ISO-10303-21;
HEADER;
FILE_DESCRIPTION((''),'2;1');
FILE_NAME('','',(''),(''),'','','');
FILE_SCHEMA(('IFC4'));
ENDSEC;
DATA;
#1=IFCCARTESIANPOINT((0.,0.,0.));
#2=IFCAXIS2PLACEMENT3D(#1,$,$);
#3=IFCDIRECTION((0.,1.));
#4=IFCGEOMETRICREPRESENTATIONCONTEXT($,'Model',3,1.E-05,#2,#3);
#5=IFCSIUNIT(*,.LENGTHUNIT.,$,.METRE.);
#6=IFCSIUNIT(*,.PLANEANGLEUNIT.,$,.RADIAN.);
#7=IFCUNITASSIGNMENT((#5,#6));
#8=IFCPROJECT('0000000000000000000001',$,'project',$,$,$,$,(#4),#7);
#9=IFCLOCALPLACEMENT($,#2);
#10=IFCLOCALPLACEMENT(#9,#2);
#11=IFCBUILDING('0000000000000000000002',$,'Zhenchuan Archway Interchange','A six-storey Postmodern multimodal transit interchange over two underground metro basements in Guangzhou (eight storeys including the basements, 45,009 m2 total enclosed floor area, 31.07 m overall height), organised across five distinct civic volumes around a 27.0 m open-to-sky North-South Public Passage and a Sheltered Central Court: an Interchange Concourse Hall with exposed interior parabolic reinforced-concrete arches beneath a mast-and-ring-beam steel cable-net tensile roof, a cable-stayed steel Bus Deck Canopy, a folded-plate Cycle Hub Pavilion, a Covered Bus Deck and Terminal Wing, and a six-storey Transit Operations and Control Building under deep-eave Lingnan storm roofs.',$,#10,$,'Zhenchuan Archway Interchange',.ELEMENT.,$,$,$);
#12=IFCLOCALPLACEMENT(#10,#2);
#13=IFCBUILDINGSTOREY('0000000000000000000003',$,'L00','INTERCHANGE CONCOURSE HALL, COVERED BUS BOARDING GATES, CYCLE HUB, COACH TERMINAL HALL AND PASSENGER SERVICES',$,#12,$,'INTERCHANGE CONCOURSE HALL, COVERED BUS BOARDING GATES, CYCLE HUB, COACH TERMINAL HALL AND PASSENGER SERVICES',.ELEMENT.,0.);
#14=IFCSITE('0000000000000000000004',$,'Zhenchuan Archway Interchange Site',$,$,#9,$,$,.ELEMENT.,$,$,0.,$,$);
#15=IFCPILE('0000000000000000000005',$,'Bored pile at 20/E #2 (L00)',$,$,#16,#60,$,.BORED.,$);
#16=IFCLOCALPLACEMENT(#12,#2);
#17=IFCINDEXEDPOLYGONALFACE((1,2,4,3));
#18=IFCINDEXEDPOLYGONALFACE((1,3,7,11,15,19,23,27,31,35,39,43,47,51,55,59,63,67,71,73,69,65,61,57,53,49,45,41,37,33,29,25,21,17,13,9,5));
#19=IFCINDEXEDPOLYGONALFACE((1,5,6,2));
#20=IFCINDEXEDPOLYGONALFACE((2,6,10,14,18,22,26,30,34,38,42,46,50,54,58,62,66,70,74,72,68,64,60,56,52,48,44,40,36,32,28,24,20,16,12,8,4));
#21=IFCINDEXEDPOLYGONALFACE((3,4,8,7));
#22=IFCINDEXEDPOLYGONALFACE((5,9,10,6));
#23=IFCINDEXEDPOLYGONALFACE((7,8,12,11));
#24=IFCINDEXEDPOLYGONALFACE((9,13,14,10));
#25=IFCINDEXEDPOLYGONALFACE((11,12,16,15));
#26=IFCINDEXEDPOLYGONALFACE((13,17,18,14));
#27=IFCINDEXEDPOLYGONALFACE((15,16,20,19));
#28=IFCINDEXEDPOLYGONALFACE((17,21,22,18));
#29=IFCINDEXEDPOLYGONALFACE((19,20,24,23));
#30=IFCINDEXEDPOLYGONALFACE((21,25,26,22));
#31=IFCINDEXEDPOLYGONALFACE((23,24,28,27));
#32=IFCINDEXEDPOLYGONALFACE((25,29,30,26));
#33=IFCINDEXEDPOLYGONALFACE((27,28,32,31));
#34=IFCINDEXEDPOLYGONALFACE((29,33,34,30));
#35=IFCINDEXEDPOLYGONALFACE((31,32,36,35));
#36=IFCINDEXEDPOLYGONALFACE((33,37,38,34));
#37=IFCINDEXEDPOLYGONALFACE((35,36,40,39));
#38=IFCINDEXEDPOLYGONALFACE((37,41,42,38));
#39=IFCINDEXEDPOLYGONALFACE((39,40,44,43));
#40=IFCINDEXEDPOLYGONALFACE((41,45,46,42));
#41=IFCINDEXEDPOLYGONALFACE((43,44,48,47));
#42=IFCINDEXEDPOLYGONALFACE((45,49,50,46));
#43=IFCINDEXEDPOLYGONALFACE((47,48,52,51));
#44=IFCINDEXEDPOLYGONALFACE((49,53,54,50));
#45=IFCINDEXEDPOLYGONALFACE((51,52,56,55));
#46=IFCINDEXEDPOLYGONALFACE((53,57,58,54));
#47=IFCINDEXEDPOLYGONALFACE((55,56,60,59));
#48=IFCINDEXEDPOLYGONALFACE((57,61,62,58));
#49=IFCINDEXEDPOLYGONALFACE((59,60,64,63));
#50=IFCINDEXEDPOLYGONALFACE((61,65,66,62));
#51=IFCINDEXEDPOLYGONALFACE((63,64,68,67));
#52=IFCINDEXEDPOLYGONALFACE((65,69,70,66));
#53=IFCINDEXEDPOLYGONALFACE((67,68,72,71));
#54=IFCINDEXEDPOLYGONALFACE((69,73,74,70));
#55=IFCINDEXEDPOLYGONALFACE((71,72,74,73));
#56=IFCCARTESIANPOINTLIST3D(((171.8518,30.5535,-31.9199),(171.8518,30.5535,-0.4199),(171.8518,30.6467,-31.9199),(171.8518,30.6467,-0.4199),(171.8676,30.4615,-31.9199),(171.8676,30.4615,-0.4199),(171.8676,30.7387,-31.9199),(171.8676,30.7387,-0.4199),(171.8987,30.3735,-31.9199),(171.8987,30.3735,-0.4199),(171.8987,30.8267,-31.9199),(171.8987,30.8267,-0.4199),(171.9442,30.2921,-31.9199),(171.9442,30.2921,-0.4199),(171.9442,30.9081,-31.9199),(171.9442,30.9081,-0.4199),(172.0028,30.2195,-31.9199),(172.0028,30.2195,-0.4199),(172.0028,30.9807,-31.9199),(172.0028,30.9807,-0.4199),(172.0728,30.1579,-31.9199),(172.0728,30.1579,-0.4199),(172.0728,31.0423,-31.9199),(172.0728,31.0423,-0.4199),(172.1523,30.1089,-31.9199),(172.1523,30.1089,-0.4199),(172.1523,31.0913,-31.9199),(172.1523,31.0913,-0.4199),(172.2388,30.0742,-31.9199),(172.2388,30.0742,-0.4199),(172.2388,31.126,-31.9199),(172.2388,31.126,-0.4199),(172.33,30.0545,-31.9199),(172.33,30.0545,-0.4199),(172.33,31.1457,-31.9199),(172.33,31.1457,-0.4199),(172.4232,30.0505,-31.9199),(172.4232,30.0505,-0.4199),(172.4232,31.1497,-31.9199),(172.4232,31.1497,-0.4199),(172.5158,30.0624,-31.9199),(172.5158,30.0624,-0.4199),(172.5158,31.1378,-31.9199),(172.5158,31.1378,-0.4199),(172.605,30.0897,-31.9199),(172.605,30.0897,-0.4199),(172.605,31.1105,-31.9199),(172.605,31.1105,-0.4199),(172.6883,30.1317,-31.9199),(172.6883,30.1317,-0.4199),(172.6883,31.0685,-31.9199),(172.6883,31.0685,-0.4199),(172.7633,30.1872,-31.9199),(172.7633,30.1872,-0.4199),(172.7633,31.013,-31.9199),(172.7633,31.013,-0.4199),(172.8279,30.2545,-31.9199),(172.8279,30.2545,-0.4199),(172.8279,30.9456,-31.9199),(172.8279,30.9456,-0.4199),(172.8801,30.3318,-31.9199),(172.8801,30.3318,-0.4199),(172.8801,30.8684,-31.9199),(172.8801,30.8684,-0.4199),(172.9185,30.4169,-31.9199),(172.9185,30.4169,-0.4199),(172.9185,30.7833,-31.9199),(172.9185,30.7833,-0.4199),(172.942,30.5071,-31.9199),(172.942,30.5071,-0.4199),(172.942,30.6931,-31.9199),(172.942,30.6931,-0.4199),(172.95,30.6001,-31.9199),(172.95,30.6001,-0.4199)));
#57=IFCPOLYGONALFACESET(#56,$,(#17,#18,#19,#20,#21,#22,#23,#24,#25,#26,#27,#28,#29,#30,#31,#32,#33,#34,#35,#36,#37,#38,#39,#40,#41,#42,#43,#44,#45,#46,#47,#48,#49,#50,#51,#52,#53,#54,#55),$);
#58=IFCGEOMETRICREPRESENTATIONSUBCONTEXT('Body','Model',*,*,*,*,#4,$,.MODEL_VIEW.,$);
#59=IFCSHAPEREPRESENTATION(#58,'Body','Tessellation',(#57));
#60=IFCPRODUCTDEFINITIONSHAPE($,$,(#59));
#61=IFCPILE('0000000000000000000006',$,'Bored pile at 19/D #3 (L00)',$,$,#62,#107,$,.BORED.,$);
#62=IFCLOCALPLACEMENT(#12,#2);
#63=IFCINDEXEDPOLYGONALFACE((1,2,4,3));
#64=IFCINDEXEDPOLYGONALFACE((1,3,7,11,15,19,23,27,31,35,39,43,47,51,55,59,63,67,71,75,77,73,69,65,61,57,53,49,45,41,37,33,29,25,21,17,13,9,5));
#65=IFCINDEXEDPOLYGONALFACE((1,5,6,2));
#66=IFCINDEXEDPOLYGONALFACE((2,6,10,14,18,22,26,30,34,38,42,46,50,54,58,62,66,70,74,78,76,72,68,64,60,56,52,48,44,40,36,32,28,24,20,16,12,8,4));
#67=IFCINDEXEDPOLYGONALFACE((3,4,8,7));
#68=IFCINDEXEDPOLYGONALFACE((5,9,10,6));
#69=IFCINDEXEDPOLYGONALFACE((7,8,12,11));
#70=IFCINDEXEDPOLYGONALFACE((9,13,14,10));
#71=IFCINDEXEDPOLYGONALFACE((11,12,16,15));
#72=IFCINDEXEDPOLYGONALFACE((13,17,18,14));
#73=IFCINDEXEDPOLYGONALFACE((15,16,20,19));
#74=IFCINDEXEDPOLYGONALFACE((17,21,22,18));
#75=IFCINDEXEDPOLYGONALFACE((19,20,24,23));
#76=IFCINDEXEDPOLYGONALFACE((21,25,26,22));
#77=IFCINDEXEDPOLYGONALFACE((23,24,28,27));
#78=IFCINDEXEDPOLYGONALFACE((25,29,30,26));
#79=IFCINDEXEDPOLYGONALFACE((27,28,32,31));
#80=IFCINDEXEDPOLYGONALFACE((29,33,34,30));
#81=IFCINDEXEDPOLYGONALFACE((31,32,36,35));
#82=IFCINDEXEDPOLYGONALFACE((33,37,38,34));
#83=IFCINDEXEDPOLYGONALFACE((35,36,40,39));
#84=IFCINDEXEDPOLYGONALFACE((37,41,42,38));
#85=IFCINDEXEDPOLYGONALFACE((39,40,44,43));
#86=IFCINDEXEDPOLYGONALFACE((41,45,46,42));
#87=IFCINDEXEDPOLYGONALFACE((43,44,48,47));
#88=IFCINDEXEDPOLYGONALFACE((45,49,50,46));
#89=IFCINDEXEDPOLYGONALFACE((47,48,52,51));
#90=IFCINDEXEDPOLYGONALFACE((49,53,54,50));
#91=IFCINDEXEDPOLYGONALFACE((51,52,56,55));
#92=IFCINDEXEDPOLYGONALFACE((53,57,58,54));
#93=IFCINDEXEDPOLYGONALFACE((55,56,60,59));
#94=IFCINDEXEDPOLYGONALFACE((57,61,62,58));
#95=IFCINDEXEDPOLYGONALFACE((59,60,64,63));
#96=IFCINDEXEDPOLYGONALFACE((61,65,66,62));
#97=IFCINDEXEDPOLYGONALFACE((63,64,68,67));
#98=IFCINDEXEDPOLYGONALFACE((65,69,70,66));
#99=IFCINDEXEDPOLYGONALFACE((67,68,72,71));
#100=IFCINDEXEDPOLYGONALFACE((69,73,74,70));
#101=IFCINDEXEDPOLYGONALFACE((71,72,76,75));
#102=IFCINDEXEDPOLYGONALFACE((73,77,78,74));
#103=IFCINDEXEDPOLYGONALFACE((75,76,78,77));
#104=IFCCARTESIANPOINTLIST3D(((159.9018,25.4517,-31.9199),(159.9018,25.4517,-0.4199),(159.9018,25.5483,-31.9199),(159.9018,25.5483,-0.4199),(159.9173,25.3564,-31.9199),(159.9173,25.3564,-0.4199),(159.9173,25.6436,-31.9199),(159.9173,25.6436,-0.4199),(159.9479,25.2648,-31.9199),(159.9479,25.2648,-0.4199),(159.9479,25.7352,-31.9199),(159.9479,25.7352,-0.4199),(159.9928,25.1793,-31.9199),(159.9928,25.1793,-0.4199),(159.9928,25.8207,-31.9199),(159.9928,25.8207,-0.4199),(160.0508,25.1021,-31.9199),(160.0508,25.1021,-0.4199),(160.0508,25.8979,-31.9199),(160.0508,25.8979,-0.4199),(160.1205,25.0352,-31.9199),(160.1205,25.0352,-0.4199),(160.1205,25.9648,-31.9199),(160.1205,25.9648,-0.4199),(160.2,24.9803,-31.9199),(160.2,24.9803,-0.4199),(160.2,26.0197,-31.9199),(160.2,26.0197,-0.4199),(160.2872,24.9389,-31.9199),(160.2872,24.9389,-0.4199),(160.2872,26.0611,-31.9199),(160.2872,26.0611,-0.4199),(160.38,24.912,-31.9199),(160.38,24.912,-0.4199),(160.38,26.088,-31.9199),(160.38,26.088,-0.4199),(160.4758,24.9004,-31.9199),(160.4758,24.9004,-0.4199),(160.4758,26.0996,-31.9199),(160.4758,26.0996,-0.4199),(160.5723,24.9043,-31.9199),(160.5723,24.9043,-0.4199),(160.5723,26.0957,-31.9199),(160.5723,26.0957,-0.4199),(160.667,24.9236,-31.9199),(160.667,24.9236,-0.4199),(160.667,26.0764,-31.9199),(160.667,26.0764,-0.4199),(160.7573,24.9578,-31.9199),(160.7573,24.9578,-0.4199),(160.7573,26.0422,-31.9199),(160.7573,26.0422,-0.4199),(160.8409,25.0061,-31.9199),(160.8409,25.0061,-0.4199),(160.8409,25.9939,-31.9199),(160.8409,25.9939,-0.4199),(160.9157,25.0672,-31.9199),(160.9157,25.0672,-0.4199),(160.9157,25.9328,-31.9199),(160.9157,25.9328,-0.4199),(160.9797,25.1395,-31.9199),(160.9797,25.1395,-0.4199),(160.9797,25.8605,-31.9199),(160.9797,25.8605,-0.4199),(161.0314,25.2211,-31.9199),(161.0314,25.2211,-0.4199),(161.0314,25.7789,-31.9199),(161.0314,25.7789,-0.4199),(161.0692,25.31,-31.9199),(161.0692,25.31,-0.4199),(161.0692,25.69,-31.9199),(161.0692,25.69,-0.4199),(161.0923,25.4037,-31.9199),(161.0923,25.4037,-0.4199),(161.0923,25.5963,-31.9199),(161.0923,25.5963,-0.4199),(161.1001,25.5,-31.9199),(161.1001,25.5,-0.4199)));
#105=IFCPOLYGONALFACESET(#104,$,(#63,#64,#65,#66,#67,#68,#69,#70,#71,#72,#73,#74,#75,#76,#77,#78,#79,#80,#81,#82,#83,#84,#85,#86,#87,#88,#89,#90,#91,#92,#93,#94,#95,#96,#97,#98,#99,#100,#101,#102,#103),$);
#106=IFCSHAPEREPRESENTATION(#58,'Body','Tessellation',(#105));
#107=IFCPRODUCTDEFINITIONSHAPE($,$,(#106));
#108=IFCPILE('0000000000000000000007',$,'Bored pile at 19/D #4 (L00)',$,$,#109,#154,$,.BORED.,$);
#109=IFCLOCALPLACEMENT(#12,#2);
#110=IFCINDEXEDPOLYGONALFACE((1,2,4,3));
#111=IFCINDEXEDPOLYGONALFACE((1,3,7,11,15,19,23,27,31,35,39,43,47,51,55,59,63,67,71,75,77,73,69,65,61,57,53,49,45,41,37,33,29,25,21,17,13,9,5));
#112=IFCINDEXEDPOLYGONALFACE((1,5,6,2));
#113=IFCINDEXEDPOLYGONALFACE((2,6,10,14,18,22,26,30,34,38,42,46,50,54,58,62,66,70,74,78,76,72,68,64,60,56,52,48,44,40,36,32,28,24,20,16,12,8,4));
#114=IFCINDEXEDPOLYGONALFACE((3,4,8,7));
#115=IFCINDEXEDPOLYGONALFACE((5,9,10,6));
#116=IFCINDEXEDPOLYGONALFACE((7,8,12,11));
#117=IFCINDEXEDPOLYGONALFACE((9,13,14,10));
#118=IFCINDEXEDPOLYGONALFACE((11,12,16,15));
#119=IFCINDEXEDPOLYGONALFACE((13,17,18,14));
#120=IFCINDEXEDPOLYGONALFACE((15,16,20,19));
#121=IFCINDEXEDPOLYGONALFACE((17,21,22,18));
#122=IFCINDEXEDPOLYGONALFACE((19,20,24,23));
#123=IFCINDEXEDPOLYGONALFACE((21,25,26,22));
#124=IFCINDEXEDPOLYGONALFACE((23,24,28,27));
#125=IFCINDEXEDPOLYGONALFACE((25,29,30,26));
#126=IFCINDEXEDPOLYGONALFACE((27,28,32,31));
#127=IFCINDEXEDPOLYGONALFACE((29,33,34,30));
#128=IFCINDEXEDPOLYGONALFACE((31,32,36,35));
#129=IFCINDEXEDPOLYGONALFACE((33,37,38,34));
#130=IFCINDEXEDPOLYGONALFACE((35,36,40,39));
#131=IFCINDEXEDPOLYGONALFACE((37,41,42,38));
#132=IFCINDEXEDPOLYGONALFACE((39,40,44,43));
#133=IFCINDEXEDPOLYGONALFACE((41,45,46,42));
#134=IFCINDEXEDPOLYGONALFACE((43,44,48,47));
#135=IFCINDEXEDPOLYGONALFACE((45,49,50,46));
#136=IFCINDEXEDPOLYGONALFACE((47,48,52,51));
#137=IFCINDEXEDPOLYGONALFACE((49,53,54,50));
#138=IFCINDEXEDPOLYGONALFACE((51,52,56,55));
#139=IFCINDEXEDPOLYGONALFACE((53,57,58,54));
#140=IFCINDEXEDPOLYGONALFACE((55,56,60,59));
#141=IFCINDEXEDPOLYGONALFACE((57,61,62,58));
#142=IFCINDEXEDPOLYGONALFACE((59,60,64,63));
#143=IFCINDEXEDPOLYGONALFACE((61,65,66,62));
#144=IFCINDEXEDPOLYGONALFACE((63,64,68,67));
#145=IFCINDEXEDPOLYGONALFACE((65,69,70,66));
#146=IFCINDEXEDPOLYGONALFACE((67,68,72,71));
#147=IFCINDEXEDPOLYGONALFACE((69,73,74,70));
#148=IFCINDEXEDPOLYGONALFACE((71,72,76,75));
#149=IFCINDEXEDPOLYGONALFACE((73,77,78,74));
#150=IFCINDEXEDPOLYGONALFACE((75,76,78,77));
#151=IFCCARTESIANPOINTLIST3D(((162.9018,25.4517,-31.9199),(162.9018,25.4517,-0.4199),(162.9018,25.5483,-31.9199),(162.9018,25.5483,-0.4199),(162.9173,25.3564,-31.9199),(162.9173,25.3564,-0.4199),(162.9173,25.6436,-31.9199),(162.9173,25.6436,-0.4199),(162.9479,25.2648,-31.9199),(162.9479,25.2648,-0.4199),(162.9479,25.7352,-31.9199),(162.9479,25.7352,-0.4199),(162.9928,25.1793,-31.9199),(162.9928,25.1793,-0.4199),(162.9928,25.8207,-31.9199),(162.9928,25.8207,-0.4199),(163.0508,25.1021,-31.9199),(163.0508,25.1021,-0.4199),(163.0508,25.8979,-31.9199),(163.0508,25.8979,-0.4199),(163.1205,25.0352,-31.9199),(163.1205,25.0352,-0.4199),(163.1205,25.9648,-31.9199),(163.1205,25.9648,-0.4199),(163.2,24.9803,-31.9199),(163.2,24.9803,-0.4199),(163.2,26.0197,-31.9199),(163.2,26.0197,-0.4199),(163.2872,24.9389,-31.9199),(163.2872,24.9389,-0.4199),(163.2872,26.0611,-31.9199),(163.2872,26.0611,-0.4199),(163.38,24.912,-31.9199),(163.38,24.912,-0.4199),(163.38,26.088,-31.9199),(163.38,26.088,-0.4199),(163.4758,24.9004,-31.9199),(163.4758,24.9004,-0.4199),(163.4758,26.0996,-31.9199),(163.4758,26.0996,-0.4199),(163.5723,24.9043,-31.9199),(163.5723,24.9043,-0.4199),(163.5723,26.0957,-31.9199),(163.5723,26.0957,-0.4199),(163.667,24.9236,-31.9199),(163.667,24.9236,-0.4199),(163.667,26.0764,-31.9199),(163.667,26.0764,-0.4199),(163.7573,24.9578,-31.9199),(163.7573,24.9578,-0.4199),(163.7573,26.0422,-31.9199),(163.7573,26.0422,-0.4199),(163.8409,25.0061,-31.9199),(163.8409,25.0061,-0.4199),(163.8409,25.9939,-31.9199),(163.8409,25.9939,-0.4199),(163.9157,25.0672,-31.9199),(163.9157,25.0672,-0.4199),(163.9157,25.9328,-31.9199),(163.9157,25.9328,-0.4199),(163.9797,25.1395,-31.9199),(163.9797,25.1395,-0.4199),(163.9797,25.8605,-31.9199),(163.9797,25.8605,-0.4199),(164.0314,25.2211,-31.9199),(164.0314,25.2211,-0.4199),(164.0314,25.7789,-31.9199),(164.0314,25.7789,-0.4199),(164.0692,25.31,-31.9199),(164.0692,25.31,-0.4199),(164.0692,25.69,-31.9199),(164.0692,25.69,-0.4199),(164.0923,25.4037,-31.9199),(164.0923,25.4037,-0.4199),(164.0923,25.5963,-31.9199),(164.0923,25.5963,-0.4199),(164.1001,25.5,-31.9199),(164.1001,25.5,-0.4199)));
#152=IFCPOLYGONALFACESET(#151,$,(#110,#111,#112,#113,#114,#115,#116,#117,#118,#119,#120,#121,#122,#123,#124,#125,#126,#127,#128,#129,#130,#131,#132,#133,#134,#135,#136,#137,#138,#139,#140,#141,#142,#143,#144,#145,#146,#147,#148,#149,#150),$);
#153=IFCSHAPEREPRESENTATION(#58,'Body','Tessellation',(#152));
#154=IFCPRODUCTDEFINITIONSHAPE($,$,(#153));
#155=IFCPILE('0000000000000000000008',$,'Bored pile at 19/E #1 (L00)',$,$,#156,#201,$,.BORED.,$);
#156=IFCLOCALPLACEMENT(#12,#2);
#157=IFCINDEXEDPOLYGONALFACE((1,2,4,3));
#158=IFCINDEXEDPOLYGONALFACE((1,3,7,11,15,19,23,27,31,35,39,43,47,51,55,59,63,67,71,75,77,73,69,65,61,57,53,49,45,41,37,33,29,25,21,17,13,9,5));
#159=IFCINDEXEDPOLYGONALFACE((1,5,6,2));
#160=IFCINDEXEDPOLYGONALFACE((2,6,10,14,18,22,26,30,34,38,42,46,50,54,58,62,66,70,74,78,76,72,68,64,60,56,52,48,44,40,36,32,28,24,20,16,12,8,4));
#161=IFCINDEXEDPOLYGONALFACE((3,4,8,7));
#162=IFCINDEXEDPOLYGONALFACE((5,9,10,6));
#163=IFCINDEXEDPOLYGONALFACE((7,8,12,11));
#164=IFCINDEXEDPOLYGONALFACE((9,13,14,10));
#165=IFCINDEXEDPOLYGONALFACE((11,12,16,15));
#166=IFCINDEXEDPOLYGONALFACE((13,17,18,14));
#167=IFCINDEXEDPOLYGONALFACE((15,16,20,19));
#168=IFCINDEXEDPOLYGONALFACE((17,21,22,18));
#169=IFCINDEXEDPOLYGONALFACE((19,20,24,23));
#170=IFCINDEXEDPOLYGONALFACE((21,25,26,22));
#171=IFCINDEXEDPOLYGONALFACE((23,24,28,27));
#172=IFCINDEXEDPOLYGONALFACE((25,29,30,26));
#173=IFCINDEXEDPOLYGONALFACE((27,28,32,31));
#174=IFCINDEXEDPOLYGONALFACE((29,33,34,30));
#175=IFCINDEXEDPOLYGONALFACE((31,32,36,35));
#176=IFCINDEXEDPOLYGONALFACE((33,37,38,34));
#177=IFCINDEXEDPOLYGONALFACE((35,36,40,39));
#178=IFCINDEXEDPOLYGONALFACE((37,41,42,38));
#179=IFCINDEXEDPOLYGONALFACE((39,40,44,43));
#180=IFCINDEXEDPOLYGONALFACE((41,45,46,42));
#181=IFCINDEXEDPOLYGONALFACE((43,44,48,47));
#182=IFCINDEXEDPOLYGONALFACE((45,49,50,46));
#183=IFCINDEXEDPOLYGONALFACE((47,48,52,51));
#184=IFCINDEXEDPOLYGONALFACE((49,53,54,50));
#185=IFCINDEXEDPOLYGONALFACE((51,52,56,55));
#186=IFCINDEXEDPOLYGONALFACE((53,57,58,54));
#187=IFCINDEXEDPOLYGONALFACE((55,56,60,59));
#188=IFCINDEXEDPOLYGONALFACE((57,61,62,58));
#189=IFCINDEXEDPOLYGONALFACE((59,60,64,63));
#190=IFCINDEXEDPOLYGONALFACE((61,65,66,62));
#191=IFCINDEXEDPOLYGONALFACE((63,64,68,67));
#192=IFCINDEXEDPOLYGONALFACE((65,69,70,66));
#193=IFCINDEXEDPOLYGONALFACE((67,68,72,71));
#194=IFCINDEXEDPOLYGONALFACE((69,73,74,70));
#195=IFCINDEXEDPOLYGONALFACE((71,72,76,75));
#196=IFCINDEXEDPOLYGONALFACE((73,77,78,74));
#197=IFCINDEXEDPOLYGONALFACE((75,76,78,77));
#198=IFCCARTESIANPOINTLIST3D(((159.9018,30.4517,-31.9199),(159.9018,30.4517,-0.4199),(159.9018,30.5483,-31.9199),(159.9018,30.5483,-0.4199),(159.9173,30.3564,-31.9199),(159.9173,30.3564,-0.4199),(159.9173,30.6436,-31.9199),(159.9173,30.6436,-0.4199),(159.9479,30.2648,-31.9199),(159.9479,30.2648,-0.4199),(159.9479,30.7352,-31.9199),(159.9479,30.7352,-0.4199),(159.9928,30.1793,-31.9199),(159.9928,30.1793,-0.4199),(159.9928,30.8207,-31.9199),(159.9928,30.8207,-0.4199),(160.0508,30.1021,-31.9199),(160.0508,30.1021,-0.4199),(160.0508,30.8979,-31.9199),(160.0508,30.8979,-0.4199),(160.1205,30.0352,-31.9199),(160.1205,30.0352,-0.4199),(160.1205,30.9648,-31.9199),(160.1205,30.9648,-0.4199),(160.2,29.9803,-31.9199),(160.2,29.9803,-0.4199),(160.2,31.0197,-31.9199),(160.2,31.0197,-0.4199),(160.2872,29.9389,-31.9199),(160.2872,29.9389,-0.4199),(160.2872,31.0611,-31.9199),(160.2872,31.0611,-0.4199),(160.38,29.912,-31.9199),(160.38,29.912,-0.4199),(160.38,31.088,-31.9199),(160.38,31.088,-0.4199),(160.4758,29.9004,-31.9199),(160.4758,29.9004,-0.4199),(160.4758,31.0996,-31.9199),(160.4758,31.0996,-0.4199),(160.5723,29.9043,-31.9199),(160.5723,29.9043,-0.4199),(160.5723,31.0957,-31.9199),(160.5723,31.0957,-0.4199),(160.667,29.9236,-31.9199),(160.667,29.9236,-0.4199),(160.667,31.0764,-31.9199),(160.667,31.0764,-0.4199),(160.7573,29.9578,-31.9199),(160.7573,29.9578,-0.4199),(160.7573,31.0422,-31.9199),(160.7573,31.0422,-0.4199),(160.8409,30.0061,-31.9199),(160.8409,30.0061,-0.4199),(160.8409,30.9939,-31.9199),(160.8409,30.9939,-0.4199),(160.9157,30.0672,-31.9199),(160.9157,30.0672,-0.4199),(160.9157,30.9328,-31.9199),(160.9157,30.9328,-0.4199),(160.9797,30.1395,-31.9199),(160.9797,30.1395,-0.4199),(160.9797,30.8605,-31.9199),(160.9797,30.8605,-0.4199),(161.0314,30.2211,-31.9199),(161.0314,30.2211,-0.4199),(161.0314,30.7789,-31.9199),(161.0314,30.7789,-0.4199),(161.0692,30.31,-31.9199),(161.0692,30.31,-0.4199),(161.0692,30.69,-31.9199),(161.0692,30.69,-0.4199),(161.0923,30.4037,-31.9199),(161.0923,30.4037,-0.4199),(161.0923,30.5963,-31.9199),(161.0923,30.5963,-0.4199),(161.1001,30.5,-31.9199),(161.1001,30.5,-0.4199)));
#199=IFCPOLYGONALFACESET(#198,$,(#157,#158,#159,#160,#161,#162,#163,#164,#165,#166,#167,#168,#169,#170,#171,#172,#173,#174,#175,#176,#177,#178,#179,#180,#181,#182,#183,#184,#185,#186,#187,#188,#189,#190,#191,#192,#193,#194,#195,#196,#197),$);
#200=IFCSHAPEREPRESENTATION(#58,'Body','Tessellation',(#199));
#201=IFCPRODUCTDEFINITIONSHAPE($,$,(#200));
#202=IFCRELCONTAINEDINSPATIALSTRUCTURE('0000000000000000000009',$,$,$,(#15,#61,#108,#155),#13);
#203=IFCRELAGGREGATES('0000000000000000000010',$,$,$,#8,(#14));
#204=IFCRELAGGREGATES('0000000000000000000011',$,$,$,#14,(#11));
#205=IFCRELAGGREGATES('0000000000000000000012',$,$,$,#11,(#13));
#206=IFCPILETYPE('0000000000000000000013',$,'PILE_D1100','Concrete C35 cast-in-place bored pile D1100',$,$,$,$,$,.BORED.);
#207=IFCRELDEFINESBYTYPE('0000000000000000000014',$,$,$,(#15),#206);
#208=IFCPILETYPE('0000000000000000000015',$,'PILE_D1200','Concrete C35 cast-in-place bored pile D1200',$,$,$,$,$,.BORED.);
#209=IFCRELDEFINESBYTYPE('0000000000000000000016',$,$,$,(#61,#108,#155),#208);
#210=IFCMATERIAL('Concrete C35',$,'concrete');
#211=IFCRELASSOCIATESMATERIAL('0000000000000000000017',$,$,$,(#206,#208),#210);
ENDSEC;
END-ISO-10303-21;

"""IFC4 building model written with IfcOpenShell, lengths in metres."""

from ifc_helpers import new_model, si_unit, direction, frame, origin, origin_2d, place, context, subcontext, project, spatial, circle, extrude, material, material_profile, profile_set, type_object, element, save


model = new_model("IFC4")

# Units and contexts
model_context = context("Model", 3, precision=1e-05, world=origin(), true_north=direction((0.0, 1.0)))
body_context = subcontext(model_context, "Body", "Model", "MODEL_VIEW")
ifc_project = project(units=[si_unit("LENGTHUNIT", "METRE"), si_unit("PLANEANGLEUNIT", "RADIAN")], contexts=[model_context])

# Site, building, storey
site_placement = place(None, origin())
site = spatial("IfcSite", under=ifc_project, at=site_placement, Name="Zhenchuan Archway Interchange Site", CompositionType="ELEMENT", RefElevation=0.0)
building_placement = place(site_placement, origin())
building = spatial("IfcBuilding", under=site, at=building_placement, Name="Zhenchuan Archway Interchange", Description="A six-storey Postmodern multimodal transit interchange over two underground metro basements in Guangzhou (eight storeys including the basements, 45,009 m2 total enclosed floor area, 31.07 m overall height), organised across five distinct civic volumes around a 27.0 m open-to-sky North-South Public Passage and a Sheltered Central Court: an Interchange Concourse Hall with exposed interior parabolic reinforced-concrete arches beneath a mast-and-ring-beam steel cable-net tensile roof, a cable-stayed steel Bus Deck Canopy, a folded-plate Cycle Hub Pavilion, a Covered Bus Deck and Terminal Wing, and a six-storey Transit Operations and Control Building under deep-eave Lingnan storm roofs.", LongName="Zhenchuan Archway Interchange", CompositionType="ELEMENT")
storey_placement = place(building_placement, origin())
storey = spatial("IfcBuildingStorey", under=building, at=storey_placement, Name="L00", Description="INTERCHANGE CONCOURSE HALL, COVERED BUS BOARDING GATES, CYCLE HUB, COACH TERMINAL HALL AND PASSENGER SERVICES", LongName="INTERCHANGE CONCOURSE HALL, COVERED BUS BOARDING GATES, CYCLE HUB, COACH TERMINAL HALL AND PASSENGER SERVICES", CompositionType="ELEMENT", Elevation=0.0)

# Piles
ifc_material_1 = material(Name="Concrete C35", Category="concrete")
ifc_material_profile_1 = material_profile(ifc_material_1, circle(Radius=0.55, at=origin_2d()), Name="BORED PILE 1100")
ifc_profile_set_1 = profile_set([ifc_material_profile_1], Name="Concrete C35")
pile_type_1 = type_object("IfcPileType", Name="PILE_D1100", Description="Concrete C35 cast-in-place bored pile D1100", PredefinedType="BORED", material=ifc_profile_set_1)
for number, where, z_axis, x_axis, name in (
    (1, (172.3999, 30.6001, -0.4199), (0.0, 0.0, -1.0), (1.0, 0.0, 0.0), "Bored pile at 20/E #2 (L00)"),
):
    element("IfcPile", number, at=place(storey_placement, frame(where, z_axis=z_axis, x_axis=x_axis)), inside=storey, type_object=pile_type_1, Name=name, PredefinedType="BORED", context=body_context, shape_type="SweptSolid", body=[
        extrude(circle(Radius=0.55, at=origin_2d()), origin(), (0.0, 0.0, 1.0), 31.5),
    ])
ifc_material_profile_2 = material_profile(ifc_material_1, circle(Radius=0.6001, at=origin_2d()), Name="BORED PILE 1200")
ifc_profile_set_2 = profile_set([ifc_material_profile_2], Name="Concrete C35")
pile_type_2 = type_object("IfcPileType", Name="PILE_D1200", Description="Concrete C35 cast-in-place bored pile D1200", PredefinedType="BORED", material=ifc_profile_set_2)
for number, where, z_axis, x_axis, name in (
    (2, (160.5, 25.5, -0.4199), (0.0, 0.0, -1.0), (1.0, 0.0, 0.0), "Bored pile at 19/D #3 (L00)"),
    (3, (163.5, 25.5, -0.4199), (0.0, 0.0, -1.0), (1.0, 0.0, 0.0), "Bored pile at 19/D #4 (L00)"),
    (4, (160.5, 30.5, -0.4199), (0.0, 0.0, -1.0), (1.0, 0.0, 0.0), "Bored pile at 19/E #1 (L00)"),
):
    element("IfcPile", number, at=place(storey_placement, frame(where, z_axis=z_axis, x_axis=x_axis)), inside=storey, type_object=pile_type_2, Name=name, PredefinedType="BORED", context=body_context, shape_type="SweptSolid", body=[
        extrude(circle(Radius=0.6001, at=origin_2d()), origin(), (0.0, 0.0, 1.0), 31.5),
    ])

save(model, "model.ifc")
